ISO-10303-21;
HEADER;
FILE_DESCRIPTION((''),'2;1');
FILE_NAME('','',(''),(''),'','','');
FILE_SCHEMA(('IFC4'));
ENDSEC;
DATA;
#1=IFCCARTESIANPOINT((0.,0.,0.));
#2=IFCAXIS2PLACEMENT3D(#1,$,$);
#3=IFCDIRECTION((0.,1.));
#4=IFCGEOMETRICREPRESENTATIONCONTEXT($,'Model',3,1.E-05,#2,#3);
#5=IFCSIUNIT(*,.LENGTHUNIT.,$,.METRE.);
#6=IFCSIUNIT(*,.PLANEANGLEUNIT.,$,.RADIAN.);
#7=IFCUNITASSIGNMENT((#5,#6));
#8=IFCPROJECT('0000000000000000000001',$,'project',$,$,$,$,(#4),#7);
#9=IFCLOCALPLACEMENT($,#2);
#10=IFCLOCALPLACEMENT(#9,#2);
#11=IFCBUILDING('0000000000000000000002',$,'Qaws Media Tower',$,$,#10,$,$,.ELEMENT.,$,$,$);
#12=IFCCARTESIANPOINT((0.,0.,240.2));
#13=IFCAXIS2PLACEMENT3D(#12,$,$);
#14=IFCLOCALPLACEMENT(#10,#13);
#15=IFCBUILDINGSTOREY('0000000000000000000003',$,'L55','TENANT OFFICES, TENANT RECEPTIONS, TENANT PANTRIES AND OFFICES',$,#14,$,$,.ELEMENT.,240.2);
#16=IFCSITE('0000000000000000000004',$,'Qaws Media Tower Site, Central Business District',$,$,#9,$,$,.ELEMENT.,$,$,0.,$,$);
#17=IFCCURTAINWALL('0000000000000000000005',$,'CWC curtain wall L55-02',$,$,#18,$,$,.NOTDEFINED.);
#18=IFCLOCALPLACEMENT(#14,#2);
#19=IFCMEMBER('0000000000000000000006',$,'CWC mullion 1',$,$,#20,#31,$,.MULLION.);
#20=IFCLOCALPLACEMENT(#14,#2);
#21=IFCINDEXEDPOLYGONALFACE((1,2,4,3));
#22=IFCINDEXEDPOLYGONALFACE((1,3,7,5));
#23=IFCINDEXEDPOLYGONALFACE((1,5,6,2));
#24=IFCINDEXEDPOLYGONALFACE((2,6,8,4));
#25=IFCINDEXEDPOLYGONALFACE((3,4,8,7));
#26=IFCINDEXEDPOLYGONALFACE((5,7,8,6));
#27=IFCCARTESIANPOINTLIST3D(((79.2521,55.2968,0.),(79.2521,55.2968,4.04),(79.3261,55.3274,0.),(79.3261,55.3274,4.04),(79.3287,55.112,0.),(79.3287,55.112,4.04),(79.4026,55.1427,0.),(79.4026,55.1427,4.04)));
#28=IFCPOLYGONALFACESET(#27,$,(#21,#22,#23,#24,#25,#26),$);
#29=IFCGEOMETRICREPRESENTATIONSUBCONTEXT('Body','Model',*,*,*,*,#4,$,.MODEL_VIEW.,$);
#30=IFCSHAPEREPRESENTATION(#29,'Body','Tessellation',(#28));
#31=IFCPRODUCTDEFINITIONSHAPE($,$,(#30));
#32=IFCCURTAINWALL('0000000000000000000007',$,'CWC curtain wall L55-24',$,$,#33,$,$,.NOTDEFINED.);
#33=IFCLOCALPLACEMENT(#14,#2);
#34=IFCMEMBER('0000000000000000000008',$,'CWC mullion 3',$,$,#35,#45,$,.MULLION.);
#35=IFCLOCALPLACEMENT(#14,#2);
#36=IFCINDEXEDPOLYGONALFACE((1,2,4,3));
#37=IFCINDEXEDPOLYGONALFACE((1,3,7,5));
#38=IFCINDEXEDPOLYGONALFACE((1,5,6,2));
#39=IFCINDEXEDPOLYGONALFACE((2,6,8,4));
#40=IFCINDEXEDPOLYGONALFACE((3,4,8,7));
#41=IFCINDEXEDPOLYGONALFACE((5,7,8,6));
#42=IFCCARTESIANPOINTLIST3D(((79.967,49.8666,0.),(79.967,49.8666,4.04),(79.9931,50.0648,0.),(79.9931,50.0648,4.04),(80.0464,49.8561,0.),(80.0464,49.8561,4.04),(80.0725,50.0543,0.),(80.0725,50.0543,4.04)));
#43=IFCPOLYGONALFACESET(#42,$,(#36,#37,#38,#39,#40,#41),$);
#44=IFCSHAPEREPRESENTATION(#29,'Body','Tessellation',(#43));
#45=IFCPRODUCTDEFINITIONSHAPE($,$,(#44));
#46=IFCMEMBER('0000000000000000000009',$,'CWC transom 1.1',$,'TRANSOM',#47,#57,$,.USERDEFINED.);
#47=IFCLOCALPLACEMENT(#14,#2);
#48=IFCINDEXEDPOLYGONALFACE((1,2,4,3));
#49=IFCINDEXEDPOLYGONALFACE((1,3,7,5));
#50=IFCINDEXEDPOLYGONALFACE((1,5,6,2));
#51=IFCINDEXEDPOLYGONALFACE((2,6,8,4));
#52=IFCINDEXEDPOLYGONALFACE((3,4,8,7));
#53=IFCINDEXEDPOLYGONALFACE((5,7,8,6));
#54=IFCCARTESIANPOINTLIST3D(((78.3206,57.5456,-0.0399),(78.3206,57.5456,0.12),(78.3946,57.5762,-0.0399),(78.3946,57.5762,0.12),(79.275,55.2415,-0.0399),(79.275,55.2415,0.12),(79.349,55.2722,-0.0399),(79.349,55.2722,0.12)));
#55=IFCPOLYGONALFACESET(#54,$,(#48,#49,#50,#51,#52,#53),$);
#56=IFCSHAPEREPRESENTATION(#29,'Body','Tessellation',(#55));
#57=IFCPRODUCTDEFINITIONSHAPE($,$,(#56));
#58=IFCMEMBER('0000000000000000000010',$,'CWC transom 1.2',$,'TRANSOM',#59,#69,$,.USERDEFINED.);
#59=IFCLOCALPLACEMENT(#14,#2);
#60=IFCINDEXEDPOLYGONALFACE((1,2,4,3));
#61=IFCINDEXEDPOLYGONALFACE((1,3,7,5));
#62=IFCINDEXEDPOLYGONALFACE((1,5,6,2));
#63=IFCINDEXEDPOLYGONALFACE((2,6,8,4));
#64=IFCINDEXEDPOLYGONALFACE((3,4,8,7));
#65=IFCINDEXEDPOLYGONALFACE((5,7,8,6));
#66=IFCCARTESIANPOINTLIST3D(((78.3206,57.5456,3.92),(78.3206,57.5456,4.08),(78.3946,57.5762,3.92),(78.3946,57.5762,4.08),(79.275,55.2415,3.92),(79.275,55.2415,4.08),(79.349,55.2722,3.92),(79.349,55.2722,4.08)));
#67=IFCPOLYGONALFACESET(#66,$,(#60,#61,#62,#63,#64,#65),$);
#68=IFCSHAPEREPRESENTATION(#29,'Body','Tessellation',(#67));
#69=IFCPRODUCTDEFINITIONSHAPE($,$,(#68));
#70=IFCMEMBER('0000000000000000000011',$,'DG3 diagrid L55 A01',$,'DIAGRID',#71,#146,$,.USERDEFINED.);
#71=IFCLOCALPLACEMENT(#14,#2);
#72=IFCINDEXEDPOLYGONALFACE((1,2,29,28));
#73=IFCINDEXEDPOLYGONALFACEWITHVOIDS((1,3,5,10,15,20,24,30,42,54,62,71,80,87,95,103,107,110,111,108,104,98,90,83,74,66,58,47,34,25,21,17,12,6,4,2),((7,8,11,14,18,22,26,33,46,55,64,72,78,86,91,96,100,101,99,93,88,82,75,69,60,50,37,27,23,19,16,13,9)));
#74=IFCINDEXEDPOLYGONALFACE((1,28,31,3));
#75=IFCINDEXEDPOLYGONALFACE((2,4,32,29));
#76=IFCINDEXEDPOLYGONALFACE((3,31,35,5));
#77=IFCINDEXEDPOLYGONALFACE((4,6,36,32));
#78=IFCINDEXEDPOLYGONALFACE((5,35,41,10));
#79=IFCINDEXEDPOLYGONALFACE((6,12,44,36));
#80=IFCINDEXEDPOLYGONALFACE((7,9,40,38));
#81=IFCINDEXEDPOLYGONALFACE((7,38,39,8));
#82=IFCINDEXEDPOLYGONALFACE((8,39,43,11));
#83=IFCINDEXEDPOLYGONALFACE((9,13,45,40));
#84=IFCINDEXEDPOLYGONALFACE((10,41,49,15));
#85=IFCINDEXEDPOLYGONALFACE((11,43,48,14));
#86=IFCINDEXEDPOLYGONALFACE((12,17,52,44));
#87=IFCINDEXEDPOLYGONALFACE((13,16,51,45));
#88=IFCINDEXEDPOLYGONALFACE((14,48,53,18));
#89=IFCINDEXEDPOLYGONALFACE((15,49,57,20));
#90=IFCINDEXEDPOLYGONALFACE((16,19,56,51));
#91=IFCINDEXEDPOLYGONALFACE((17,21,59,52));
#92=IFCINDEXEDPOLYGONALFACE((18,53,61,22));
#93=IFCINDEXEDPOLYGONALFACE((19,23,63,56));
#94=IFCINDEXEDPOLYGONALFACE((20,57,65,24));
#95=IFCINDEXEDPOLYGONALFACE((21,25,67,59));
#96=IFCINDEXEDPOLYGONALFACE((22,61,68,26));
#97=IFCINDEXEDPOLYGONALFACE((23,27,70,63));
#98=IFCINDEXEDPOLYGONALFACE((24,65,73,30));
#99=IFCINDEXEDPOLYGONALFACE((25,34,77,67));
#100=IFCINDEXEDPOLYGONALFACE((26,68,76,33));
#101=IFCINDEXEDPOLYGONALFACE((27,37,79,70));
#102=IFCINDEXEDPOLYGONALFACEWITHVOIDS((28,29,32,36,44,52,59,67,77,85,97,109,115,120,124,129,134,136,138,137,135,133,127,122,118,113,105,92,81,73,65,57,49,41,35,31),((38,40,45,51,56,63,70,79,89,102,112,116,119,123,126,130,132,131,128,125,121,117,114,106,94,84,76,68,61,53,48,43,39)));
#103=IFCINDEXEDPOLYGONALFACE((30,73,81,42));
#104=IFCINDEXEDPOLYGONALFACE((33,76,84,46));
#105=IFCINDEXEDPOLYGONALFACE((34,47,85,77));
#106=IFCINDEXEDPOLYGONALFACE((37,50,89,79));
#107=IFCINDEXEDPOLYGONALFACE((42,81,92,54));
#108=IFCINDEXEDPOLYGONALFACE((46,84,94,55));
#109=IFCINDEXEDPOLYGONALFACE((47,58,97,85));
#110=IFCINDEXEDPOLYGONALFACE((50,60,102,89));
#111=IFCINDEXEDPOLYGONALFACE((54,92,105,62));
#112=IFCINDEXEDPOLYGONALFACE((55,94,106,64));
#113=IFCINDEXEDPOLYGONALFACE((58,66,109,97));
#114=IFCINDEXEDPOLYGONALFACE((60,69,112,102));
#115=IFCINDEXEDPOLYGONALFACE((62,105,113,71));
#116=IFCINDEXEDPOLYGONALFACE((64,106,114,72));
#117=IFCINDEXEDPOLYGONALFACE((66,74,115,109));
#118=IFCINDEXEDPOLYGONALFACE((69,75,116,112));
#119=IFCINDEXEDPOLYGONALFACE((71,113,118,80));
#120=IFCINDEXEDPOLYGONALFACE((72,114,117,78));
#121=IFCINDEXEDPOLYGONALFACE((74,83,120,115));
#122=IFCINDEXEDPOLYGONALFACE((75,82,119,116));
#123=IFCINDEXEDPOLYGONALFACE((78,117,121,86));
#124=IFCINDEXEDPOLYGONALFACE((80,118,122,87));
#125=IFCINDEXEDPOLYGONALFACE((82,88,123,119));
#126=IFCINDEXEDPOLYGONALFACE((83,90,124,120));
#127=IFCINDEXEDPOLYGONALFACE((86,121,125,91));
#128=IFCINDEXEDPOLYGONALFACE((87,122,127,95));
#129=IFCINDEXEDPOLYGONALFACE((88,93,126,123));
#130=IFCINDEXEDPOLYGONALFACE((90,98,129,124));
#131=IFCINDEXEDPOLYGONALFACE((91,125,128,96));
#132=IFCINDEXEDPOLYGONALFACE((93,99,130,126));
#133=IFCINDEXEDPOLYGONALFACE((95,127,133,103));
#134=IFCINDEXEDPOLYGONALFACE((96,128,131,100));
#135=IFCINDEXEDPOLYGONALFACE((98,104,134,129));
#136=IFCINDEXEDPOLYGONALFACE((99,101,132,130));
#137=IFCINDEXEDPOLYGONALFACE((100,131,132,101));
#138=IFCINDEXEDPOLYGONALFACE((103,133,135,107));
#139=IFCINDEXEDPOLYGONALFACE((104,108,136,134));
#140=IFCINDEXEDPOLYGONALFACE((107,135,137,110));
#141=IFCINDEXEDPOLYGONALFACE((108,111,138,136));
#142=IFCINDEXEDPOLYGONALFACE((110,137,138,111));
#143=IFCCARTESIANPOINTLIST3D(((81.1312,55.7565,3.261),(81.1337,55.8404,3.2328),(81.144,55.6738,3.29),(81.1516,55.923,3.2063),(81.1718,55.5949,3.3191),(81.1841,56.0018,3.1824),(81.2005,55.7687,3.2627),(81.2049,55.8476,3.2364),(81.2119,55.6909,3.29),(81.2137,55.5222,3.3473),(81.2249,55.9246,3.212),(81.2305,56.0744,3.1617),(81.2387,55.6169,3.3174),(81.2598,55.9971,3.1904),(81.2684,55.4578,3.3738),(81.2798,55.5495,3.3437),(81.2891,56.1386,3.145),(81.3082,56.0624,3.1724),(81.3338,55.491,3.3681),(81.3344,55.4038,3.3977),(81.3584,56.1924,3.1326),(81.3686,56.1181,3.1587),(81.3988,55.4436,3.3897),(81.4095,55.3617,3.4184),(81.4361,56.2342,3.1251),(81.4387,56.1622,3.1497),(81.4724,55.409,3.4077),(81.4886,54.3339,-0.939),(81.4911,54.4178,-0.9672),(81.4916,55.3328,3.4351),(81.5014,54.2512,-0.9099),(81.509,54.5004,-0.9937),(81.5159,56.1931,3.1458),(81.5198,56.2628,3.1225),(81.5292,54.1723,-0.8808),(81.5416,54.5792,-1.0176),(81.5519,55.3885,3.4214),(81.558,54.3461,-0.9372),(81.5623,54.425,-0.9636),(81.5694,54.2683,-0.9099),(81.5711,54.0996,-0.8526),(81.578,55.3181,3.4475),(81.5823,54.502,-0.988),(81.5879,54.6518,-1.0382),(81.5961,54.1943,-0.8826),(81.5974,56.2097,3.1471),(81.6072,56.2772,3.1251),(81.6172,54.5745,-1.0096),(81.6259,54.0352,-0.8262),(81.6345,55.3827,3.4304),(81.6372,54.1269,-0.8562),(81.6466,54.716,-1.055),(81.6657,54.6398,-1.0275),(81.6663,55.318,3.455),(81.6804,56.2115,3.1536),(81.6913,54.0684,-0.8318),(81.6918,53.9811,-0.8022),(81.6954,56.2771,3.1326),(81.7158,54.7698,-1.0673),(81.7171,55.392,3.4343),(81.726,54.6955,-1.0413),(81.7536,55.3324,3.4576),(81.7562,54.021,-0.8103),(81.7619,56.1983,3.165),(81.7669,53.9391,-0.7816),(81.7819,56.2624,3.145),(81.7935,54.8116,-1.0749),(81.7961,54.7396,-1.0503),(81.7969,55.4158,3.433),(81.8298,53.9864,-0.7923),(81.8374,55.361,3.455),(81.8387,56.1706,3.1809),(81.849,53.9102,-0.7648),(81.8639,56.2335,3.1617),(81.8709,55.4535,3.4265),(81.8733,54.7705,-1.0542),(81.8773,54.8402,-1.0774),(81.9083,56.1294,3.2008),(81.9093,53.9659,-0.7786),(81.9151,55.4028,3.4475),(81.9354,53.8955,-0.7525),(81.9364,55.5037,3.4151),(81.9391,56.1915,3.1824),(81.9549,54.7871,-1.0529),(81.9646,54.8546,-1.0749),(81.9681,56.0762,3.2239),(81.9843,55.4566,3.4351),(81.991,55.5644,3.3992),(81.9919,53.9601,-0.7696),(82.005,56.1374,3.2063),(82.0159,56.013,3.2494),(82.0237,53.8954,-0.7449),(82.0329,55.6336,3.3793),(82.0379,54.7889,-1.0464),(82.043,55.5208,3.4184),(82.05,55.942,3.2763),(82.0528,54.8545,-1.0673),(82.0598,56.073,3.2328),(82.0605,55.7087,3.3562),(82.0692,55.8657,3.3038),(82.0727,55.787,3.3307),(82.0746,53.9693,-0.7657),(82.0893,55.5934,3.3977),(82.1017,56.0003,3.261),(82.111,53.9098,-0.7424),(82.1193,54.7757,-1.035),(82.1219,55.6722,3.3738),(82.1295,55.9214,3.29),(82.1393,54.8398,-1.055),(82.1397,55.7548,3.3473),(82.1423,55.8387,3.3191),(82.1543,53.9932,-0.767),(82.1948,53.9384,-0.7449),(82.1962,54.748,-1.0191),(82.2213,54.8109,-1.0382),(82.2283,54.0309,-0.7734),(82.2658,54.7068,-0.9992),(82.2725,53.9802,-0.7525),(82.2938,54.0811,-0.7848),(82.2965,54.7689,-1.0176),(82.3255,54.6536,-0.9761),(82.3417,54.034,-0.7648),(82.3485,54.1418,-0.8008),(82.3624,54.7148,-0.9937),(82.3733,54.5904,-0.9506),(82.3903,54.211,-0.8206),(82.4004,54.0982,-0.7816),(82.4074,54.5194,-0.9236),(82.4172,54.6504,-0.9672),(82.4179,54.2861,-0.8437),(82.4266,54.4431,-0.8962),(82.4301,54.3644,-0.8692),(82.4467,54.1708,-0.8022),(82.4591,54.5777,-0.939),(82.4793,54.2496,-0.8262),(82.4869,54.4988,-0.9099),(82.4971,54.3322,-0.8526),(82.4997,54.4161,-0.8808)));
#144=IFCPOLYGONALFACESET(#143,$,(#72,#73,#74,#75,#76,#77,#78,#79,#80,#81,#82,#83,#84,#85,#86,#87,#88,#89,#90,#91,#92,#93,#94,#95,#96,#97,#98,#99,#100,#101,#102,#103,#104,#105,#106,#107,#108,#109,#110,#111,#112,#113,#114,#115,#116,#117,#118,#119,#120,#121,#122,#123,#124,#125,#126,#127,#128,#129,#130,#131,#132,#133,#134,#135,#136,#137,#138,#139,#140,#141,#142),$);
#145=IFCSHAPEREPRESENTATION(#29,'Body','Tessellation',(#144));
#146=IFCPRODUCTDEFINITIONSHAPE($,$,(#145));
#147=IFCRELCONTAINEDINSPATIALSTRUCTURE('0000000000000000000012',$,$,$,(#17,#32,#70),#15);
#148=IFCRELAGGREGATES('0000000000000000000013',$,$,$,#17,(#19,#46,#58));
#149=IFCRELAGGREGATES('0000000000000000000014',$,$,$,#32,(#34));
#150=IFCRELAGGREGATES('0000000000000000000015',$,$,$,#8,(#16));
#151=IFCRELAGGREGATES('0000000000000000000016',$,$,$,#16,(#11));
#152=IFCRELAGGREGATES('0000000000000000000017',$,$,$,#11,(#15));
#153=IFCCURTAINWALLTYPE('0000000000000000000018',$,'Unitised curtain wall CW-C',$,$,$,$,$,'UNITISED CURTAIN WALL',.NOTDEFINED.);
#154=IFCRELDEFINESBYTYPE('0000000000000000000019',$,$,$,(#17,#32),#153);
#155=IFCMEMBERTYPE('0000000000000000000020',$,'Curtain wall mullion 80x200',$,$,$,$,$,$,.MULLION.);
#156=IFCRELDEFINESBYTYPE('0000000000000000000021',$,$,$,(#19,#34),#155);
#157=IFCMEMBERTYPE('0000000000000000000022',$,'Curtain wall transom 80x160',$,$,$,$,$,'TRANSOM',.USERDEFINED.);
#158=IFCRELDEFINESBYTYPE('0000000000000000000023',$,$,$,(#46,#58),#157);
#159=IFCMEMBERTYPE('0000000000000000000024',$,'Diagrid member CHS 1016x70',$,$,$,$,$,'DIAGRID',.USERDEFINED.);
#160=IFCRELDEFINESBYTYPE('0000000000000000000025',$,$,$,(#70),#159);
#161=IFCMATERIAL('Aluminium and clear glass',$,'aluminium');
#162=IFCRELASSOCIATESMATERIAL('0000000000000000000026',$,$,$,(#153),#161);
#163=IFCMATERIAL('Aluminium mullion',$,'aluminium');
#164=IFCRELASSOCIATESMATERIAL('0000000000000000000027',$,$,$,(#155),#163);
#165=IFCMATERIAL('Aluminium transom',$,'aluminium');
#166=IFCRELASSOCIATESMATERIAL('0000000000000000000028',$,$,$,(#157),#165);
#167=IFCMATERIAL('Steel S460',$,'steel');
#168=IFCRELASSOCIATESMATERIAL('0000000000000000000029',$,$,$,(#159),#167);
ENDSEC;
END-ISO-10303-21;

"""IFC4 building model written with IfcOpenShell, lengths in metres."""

from ifc_helpers import new_model, si_unit, direction, frame, origin, origin_2d, place, context, subcontext, project, spatial, rectangle, hollow_circle, extrude, material, material_profile, profile_set, type_object, element, aggregate, save


model = new_model("IFC4")

# Units and contexts
model_context = context("Model", 3, precision=1e-05, world=origin(), true_north=direction((0.0, 1.0)))
body_context = subcontext(model_context, "Body", "Model", "MODEL_VIEW")
ifc_project = project(units=[si_unit("LENGTHUNIT", "METRE"), si_unit("PLANEANGLEUNIT", "RADIAN")], contexts=[model_context])

# Site, building, storey
site_placement = place(None, origin())
site = spatial("IfcSite", under=ifc_project, at=site_placement, Name="Qaws Media Tower Site, Central Business District", CompositionType="ELEMENT", RefElevation=0.0)
building_placement = place(site_placement, origin())
building = spatial("IfcBuilding", under=site, at=building_placement, Name="Qaws Media Tower", CompositionType="ELEMENT")
storey_placement = place(building_placement, frame((0.0, 0.0, 240.2)))
storey = spatial("IfcBuildingStorey", under=building, at=storey_placement, Name="L55", Description="TENANT OFFICES, TENANT RECEPTIONS, TENANT PANTRIES AND OFFICES", CompositionType="ELEMENT", Elevation=240.2)

# Curtain walls, members
ifc_material_1 = material(Name="Aluminium and clear glass", Category="aluminium")
curtain_wall_type = type_object("IfcCurtainWallType", Name="Unitised curtain wall CW-C", ElementType="UNITISED CURTAIN WALL", PredefinedType="NOTDEFINED", material=ifc_material_1)
curtain_wall_1_placement = place(storey_placement, origin())
curtain_wall_1 = element("IfcCurtainWall", 1, at=curtain_wall_1_placement, inside=storey, type_object=curtain_wall_type, Name="CWC curtain wall L55-02", PredefinedType="NOTDEFINED")
ifc_material_2 = material(Name="Aluminium mullion", Category="aluminium")
ifc_material_profile_1 = material_profile(ifc_material_2, rectangle(XDim=0.0801, YDim=0.2, at=origin_2d()), Name="80x200")
ifc_profile_set_1 = profile_set([ifc_material_profile_1], Name="Aluminium mullion")
member_type_1 = type_object("IfcMemberType", Name="Curtain wall mullion 80x200", PredefinedType="MULLION", material=ifc_profile_set_1)
member_1_placement = place(storey_placement, frame((79.3274, 55.2197, 0.0), z_axis=(0.0, 0.0, 1.0), x_axis=(-0.92388, -0.382683, 0.0)))
member_1 = element("IfcMember", 2, at=member_1_placement, type_object=member_type_1, Name="CWC mullion 1", PredefinedType="MULLION", context=body_context, shape_type="SweptSolid", body=[
    extrude(rectangle(XDim=0.0801, YDim=0.2, at=origin_2d()), origin(), (0.0, 0.0, 1.0), 4.04),
])
curtain_wall_2_placement = place(storey_placement, origin())
curtain_wall_2 = element("IfcCurtainWall", 3, at=curtain_wall_2_placement, inside=storey, type_object=curtain_wall_type, Name="CWC curtain wall L55-24", PredefinedType="NOTDEFINED")
member_2_placement = place(storey_placement, frame((80.0198, 49.9604, 0.0), z_axis=(0.0, 0.0, 1.0), x_axis=(-0.991445, 0.130526, 0.0)))
member_2 = element("IfcMember", 4, at=member_2_placement, type_object=member_type_1, Name="CWC mullion 3", PredefinedType="MULLION", context=body_context, shape_type="SweptSolid", body=[
    extrude(rectangle(XDim=0.0801, YDim=0.2, at=origin_2d()), origin(), (0.0, 0.0, 1.0), 4.04),
])

# Members
ifc_material_3 = material(Name="Aluminium transom", Category="aluminium")
ifc_material_profile_2 = material_profile(ifc_material_3, rectangle(XDim=0.0801, YDim=0.1599, at=origin_2d()), Name="80x160")
ifc_profile_set_2 = profile_set([ifc_material_profile_2], Name="Aluminium transom")
member_type_2 = type_object("IfcMemberType", Name="Curtain wall transom 80x160", ElementType="TRANSOM", PredefinedType="USERDEFINED", material=ifc_profile_set_2)
member_3_placement = place(storey_placement, frame((79.312, 55.2568, 0.04), z_axis=(-0.382689, 0.923877, 0.0), x_axis=(-0.923877, -0.382689, 0.0)))
member_3 = element("IfcMember", 5, at=member_3_placement, type_object=member_type_2, Name="CWC transom 1.1", ObjectType="TRANSOM", PredefinedType="USERDEFINED", context=body_context, shape_type="SweptSolid", body=[
    extrude(rectangle(XDim=0.0801, YDim=0.1599, at=origin_2d()), origin(), (0.0, 0.0, 1.0), 2.4939),
])
member_4_placement = place(storey_placement, frame((79.312, 55.2568, 4.0), z_axis=(-0.382689, 0.923877, 0.0), x_axis=(-0.923877, -0.382689, 0.0)))
member_4 = element("IfcMember", 6, at=member_4_placement, type_object=member_type_2, Name="CWC transom 1.2", ObjectType="TRANSOM", PredefinedType="USERDEFINED", context=body_context, shape_type="SweptSolid", body=[
    extrude(rectangle(XDim=0.0801, YDim=0.1599, at=origin_2d()), origin(), (0.0, 0.0, 1.0), 2.4939),
])
aggregate(curtain_wall_1, [member_1, member_3, member_4])

# Member
ifc_material_4 = material(Name="Steel S460", Category="steel")
ifc_material_profile_3 = material_profile(ifc_material_4, hollow_circle(Radius=0.5081, WallThickness=0.0701, at=origin_2d()), Name="CHS 1016x70")
ifc_profile_set_3 = profile_set([ifc_material_profile_3], Name="Steel S460")
member_type_3 = type_object("IfcMemberType", Name="Diagrid member CHS 1016x70", ElementType="DIAGRID", PredefinedType="USERDEFINED", material=ifc_profile_set_3)
for number, where, z_axis, x_axis, name in (
    (7, (81.9941, 54.375, -0.9099), (-0.080343, 0.319779, 0.94408), (-0.969858, -0.243671, 0.0), "DG3 diagrid L55 A01"),
):
    element("IfcMember", number, at=place(storey_placement, frame(where, z_axis=z_axis, x_axis=x_axis)), inside=storey, type_object=member_type_3, Name=name, ObjectType="DIAGRID", PredefinedType="USERDEFINED", context=body_context, shape_type="SweptSolid", body=[
        extrude(hollow_circle(Radius=0.5081, WallThickness=0.0701, at=origin_2d()), origin(), (0.0, 0.0, 1.0), 4.4487),
    ])

aggregate(curtain_wall_2, [member_2])

save(model, "model.ifc")
